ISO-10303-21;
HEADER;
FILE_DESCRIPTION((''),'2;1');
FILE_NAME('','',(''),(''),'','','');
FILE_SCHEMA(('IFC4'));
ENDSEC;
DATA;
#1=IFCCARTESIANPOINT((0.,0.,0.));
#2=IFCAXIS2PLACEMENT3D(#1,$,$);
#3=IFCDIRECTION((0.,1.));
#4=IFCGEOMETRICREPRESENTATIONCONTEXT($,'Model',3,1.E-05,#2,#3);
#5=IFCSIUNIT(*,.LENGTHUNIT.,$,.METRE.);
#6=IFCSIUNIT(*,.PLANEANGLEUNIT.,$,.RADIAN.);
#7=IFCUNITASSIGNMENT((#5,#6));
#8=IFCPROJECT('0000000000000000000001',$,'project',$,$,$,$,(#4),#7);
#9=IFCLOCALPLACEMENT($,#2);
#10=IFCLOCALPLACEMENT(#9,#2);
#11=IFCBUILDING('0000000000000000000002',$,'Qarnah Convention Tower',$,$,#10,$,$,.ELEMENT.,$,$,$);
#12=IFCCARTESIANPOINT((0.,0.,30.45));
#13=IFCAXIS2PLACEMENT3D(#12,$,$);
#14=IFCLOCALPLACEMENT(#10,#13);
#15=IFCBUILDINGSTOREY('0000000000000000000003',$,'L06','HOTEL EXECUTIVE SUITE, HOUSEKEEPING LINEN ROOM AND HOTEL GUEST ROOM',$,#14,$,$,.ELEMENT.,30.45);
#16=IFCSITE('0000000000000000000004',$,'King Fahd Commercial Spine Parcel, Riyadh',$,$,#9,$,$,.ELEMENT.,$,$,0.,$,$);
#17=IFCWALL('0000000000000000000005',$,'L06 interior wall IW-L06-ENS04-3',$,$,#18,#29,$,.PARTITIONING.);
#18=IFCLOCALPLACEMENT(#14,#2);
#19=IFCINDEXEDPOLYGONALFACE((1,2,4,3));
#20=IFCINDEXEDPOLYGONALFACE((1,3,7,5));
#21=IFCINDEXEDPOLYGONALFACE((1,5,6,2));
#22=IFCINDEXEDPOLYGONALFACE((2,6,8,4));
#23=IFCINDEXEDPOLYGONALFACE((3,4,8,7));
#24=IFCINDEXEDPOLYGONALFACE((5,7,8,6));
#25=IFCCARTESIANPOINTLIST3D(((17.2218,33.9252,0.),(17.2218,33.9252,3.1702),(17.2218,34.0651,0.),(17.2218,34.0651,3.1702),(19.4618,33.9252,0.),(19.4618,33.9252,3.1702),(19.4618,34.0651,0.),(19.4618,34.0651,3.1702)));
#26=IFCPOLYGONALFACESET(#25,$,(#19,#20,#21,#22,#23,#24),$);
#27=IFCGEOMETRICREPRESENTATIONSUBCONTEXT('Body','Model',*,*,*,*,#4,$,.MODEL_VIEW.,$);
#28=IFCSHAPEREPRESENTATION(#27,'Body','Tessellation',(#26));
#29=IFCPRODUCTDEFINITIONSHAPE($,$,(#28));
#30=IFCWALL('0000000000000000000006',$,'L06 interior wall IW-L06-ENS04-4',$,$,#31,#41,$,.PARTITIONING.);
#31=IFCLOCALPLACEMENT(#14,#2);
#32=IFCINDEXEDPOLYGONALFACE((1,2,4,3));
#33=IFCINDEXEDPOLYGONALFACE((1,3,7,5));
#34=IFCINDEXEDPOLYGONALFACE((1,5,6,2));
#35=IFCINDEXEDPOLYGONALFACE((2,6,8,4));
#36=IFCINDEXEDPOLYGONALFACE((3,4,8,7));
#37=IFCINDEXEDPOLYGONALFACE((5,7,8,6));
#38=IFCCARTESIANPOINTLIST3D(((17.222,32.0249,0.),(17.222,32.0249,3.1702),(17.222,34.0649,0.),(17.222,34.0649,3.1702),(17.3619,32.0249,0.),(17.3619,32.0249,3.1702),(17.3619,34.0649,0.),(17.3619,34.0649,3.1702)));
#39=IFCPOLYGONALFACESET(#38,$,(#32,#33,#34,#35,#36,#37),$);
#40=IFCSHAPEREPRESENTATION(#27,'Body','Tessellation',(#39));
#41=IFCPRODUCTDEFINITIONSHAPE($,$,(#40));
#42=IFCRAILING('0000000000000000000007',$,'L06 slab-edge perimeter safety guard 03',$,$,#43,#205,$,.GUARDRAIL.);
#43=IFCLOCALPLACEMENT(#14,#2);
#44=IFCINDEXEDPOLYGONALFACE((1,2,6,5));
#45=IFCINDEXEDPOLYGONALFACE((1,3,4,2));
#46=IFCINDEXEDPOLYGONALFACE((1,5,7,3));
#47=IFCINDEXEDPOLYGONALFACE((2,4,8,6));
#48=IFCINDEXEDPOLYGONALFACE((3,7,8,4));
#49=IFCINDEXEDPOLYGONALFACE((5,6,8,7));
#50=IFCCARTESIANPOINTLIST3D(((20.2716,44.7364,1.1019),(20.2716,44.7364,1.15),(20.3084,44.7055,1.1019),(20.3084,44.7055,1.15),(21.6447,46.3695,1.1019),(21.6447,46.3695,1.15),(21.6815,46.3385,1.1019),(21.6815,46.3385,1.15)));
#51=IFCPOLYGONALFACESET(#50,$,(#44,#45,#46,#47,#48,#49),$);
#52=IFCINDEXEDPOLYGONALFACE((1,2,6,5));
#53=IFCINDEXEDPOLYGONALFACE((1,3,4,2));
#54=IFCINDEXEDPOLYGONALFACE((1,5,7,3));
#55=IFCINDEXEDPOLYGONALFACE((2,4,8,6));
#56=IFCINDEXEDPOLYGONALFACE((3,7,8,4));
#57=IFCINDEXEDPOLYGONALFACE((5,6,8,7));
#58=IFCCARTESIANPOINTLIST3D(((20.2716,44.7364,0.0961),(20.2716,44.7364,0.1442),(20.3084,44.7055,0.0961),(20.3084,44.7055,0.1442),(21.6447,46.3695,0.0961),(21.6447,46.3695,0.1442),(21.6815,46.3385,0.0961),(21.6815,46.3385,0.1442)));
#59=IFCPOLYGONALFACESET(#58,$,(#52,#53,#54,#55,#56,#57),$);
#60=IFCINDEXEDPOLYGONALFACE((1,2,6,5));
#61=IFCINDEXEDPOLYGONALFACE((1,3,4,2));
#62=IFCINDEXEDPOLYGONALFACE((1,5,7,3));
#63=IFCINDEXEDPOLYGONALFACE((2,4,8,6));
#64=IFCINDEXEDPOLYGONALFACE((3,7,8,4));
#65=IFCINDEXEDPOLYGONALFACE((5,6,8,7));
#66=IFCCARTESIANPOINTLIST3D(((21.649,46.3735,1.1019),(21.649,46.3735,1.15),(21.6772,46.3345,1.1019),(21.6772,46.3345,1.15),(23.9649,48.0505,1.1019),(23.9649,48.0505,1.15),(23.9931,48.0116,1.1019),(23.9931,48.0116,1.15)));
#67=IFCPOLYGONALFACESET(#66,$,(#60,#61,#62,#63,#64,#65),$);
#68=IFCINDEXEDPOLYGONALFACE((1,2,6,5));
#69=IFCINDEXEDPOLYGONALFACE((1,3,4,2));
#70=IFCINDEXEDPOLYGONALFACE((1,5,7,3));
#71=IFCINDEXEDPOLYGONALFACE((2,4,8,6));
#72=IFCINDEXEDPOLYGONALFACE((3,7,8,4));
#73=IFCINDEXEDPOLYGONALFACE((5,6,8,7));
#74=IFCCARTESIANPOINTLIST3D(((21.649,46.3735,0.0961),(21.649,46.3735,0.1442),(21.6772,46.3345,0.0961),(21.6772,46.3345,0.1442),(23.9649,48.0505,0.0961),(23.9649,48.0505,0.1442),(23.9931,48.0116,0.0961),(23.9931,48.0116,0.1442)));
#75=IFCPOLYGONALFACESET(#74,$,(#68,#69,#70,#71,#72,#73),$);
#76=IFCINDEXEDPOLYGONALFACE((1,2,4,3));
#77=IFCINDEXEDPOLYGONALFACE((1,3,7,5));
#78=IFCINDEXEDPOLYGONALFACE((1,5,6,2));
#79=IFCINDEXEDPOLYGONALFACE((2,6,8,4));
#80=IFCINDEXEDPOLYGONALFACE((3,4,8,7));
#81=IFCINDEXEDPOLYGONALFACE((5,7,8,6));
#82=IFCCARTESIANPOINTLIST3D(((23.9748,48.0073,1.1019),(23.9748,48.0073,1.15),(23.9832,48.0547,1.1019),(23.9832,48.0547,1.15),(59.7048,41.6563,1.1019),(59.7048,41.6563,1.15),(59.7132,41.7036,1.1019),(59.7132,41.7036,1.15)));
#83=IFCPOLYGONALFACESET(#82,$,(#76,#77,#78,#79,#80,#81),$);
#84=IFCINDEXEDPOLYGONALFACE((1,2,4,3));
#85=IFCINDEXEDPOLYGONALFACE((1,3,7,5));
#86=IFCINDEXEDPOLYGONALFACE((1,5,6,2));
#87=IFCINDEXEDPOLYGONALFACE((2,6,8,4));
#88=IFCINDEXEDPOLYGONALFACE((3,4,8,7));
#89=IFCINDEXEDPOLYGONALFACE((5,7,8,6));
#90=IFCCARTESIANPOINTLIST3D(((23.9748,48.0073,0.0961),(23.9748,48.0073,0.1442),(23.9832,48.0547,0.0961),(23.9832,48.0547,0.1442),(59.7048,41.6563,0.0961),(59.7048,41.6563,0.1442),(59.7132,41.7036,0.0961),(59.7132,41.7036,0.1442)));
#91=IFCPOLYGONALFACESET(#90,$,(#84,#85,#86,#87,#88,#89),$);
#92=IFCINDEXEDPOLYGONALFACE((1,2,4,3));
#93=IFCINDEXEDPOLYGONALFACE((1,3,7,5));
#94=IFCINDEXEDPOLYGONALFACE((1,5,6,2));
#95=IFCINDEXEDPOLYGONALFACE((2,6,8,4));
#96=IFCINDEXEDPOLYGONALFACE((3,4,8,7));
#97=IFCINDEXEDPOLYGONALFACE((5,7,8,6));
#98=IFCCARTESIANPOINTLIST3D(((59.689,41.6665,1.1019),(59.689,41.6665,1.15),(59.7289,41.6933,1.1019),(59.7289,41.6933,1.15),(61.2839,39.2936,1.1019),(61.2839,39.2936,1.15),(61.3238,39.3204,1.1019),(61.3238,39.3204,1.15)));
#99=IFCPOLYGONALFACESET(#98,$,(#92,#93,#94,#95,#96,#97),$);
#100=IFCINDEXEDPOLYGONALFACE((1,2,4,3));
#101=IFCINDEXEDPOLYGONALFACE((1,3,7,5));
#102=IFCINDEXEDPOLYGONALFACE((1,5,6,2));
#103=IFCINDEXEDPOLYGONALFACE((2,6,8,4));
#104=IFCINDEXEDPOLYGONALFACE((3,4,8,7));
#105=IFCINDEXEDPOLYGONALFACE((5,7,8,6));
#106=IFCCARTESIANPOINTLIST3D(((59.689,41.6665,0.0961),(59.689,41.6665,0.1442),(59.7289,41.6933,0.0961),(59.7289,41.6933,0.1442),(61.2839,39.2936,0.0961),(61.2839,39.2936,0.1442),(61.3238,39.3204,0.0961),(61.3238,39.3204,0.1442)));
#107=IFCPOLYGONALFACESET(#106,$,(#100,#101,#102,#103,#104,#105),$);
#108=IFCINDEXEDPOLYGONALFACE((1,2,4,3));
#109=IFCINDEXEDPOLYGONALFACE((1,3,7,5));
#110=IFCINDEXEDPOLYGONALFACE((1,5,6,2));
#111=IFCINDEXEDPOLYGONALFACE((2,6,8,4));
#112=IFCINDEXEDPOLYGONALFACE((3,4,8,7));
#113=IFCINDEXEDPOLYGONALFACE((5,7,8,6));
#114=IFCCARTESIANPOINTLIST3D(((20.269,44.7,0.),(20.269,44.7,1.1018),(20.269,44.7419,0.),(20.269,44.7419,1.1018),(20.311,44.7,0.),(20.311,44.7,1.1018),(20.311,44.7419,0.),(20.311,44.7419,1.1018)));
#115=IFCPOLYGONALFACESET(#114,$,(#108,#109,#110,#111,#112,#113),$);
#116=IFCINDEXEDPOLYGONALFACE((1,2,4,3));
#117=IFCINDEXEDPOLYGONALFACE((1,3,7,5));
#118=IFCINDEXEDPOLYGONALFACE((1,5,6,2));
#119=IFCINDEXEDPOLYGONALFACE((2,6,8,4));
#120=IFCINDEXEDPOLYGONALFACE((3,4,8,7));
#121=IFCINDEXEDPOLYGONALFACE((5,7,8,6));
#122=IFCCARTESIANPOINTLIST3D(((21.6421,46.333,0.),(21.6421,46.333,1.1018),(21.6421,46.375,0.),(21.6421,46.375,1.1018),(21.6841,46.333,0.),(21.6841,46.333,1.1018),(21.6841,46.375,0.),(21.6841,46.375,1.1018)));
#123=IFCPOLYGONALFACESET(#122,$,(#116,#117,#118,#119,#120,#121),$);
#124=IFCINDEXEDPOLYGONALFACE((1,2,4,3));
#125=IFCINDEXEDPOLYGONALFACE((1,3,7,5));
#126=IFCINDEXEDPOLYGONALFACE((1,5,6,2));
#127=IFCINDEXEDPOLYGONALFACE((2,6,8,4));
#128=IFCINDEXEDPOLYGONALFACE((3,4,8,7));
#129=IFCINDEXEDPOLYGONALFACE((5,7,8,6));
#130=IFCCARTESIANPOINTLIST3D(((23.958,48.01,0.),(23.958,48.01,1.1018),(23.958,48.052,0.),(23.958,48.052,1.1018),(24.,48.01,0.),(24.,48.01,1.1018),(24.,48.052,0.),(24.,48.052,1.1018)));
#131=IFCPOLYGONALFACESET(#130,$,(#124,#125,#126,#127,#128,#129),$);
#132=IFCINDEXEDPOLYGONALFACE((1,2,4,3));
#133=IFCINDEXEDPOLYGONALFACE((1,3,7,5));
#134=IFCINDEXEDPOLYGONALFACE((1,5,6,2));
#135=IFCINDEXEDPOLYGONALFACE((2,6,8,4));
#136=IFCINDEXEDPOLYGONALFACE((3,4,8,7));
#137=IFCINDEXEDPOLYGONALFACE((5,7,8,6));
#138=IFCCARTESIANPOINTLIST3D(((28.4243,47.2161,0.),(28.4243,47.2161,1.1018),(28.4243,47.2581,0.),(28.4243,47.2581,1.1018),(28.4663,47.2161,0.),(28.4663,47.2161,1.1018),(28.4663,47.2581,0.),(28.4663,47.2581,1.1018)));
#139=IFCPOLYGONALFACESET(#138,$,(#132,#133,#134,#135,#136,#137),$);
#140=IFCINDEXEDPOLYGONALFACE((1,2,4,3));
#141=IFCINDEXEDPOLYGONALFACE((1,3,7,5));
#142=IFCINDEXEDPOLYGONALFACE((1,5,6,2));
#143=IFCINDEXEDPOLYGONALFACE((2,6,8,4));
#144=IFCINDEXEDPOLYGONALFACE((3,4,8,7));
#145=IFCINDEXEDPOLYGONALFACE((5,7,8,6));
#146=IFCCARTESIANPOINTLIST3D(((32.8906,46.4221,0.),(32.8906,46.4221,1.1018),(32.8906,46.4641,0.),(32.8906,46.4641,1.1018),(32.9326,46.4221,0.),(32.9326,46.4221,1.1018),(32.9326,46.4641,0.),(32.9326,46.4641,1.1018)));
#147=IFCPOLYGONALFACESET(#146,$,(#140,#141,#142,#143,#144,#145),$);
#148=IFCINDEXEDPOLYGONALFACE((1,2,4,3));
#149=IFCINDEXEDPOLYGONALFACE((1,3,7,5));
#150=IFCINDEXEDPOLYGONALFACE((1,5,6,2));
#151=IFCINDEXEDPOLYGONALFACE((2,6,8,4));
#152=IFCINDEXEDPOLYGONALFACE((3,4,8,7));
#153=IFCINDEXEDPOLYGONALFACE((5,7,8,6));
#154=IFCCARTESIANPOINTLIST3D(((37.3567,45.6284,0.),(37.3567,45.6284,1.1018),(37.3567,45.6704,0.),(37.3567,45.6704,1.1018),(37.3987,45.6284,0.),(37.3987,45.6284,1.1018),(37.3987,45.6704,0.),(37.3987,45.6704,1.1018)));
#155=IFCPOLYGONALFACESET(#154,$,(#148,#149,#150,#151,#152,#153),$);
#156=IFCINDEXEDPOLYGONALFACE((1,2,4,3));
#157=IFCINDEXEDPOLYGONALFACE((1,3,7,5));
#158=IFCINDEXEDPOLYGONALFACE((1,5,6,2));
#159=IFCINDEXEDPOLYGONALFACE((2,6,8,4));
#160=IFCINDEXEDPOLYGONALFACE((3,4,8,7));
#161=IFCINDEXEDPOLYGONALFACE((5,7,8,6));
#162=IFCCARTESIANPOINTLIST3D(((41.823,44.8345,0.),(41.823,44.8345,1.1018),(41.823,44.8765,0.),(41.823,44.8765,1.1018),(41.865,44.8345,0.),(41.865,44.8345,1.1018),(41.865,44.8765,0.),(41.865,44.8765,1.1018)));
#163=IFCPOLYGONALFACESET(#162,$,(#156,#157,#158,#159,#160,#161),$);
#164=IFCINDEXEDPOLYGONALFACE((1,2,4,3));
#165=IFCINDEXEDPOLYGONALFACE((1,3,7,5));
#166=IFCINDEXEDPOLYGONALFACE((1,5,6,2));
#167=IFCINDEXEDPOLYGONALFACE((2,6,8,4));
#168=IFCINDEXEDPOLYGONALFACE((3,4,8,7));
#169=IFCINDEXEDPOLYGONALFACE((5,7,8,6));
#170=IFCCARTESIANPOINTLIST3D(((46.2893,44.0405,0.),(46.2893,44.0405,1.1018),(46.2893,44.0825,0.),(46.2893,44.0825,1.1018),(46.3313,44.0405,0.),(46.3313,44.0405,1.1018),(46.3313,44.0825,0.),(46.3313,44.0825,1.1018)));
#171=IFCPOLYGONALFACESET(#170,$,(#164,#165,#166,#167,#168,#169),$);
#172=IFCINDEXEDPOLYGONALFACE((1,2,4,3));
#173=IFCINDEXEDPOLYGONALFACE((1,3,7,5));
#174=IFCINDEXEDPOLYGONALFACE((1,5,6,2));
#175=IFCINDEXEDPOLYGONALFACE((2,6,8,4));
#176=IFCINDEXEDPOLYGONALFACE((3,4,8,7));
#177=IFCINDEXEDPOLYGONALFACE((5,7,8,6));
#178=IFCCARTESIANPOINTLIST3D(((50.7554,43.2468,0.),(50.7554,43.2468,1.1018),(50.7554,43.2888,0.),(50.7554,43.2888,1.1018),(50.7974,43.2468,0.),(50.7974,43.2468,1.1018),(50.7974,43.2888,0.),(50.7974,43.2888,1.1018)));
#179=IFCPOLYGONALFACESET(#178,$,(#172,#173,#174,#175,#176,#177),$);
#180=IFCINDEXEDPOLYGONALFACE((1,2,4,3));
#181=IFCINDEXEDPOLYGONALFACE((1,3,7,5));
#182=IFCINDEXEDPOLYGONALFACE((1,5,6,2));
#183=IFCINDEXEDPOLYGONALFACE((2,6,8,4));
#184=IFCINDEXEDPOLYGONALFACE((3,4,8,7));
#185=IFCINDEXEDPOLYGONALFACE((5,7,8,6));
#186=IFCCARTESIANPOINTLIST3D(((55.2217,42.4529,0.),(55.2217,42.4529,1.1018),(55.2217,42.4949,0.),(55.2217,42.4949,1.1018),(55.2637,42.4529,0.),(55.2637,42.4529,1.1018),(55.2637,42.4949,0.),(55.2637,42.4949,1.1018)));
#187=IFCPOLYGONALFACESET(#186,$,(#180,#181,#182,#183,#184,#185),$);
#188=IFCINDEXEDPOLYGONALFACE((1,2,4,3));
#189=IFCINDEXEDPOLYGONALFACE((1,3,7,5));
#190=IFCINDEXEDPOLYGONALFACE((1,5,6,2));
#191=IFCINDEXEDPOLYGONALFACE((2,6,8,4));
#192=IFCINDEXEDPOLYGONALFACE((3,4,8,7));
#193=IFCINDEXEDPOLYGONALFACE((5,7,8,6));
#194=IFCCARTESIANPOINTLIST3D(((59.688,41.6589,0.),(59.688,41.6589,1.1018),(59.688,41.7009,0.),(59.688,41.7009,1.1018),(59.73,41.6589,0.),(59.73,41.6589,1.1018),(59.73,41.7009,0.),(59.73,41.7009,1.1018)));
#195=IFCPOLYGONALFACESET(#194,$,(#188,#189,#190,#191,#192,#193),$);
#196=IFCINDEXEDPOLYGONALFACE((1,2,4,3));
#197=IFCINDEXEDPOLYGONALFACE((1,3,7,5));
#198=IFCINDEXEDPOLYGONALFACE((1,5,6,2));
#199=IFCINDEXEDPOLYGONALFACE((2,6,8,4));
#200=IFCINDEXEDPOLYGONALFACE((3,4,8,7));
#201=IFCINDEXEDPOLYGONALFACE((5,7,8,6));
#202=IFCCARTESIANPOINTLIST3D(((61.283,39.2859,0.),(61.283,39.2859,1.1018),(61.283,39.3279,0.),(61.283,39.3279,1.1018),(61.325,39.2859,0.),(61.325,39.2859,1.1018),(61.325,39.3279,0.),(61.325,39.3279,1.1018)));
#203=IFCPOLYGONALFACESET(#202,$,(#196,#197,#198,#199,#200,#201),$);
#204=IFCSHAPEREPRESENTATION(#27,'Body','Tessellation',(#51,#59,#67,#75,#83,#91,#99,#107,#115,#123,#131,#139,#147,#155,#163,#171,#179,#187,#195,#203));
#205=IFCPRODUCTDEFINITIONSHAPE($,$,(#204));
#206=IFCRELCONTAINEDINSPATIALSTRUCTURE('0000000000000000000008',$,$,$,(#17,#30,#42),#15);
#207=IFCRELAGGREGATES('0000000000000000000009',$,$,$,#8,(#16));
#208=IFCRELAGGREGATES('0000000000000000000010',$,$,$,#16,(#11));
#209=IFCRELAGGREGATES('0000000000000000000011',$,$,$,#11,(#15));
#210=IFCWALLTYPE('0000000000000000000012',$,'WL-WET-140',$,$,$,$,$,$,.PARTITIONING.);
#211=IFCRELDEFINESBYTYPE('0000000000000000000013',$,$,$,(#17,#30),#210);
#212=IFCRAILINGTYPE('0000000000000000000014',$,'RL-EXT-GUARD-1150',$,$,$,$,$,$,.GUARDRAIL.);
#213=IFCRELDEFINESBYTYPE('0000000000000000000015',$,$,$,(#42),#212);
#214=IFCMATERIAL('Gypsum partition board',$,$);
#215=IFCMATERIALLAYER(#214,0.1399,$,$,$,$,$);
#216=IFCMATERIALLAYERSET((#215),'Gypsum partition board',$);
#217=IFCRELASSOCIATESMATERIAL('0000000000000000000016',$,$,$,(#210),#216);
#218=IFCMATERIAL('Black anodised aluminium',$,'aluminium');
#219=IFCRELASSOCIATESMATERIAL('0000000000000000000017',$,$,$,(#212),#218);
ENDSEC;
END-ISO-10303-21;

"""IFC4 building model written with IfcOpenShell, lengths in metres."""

from ifc_helpers import new_model, si_unit, direction, frame, frame_2d, origin, origin_2d, place, context, subcontext, project, spatial, rectangle, extrude, material, layer, layer_set, type_object, element, save


model = new_model("IFC4")

# Units and contexts
model_context = context("Model", 3, precision=1e-05, world=origin(), true_north=direction((0.0, 1.0)))
body_context = subcontext(model_context, "Body", "Model", "MODEL_VIEW")
ifc_project = project(units=[si_unit("LENGTHUNIT", "METRE"), si_unit("PLANEANGLEUNIT", "RADIAN")], contexts=[model_context])

# Site, building, storey
site_placement = place(None, origin())
site = spatial("IfcSite", under=ifc_project, at=site_placement, Name="King Fahd Commercial Spine Parcel, Riyadh", CompositionType="ELEMENT", RefElevation=0.0)
building_placement = place(site_placement, origin())
building = spatial("IfcBuilding", under=site, at=building_placement, Name="Qarnah Convention Tower", CompositionType="ELEMENT")
storey_placement = place(building_placement, frame((0.0, 0.0, 30.45)))
storey = spatial("IfcBuildingStorey", under=building, at=storey_placement, Name="L06", Description="HOTEL EXECUTIVE SUITE, HOUSEKEEPING LINEN ROOM AND HOTEL GUEST ROOM", CompositionType="ELEMENT", Elevation=30.45)

# Shared definitions
ifc_material_1 = material(Name="Black anodised aluminium", Category="aluminium")

# Shared definitions
ifc_material_2 = material(Name="Gypsum partition board")

# Shared definitions
ifc_layer_1 = layer(ifc_material_2, 0.1399)
ifc_layer_set_1 = layer_set([ifc_layer_1], Name="Gypsum partition board")
wall_type_1 = type_object("IfcWallType", Name="WL-WET-140", PredefinedType="PARTITIONING", material=ifc_layer_set_1)

# Walls
wall_1_placement = place(storey_placement, frame((19.4619, 33.9951, 0.0), z_axis=(0.0, 0.0, 1.0), x_axis=(-1.0, 0.0, 0.0)))
element("IfcWall", 1, at=wall_1_placement, inside=storey, type_object=wall_type_1, Name="L06 interior wall IW-L06-ENS04-3", PredefinedType="PARTITIONING", context=body_context, shape_type="SweptSolid", body=[
    extrude(rectangle(XDim=2.24, YDim=0.1399, at=frame_2d((1.1201, 0.0))), origin(), (0.0, 0.0, 1.0), 3.1702),
])
wall_2_placement = place(storey_placement, frame((17.292, 34.0649, 0.0), z_axis=(0.0, 0.0, 1.0), x_axis=(0.0, -1.0, 0.0)))
element("IfcWall", 2, at=wall_2_placement, inside=storey, type_object=wall_type_1, Name="L06 interior wall IW-L06-ENS04-4", PredefinedType="PARTITIONING", context=body_context, shape_type="SweptSolid", body=[
    extrude(rectangle(XDim=2.04, YDim=0.1399, at=frame_2d((1.02, 0.0))), origin(), (0.0, 0.0, 1.0), 3.1702),
])

# Railing
railing_type = type_object("IfcRailingType", Name="RL-EXT-GUARD-1150", PredefinedType="GUARDRAIL", material=ifc_material_1)
railing_1_placement = place(storey_placement, frame((20.29, 44.7209, 0.0)))
element("IfcRailing", 3, at=railing_1_placement, inside=storey, type_object=railing_type, Name="L06 slab-edge perimeter safety guard 03", PredefinedType="GUARDRAIL", context=body_context, shape_type="SweptSolid", body=[
    extrude(rectangle(XDim=0.0481, YDim=0.0481, at=origin_2d()), frame((0.0, 0.0, 1.126), z_axis=(0.643544, 0.765409, 0.0), x_axis=(-0.765409, 0.643544, 0.0)), (0.0, 0.0, 1.0), 2.1335),
    extrude(rectangle(XDim=0.0481, YDim=0.0481, at=origin_2d()), frame((0.0, 0.0, 0.1201), z_axis=(0.643544, 0.765409, 0.0), x_axis=(-0.765409, 0.643544, 0.0)), (0.0, 0.0, 1.0), 2.1335),
    extrude(rectangle(XDim=0.0481, YDim=0.0481, at=origin_2d()), frame((1.373, 1.6331, 1.126), z_axis=(0.809949, 0.5865, 0.0), x_axis=(-0.5865, 0.809949, 0.0)), (0.0, 0.0, 1.0), 2.8594),
    extrude(rectangle(XDim=0.0481, YDim=0.0481, at=origin_2d()), frame((1.373, 1.6331, 0.1201), z_axis=(0.809949, 0.5865, 0.0), x_axis=(-0.5865, 0.809949, 0.0)), (0.0, 0.0, 1.0), 2.8594),
    extrude(rectangle(XDim=0.0481, YDim=0.0481, at=origin_2d()), frame((3.689, 3.3101, 1.126), z_axis=(0.984567, -0.175009, 0.0), x_axis=(0.175009, 0.984567, 0.0)), (0.0, 0.0, 1.0), 36.29),
    extrude(rectangle(XDim=0.0481, YDim=0.0481, at=origin_2d()), frame((3.689, 3.3101, 0.1201), z_axis=(0.984567, -0.175009, 0.0), x_axis=(0.175009, 0.984567, 0.0)), (0.0, 0.0, 1.0), 36.29),
    extrude(rectangle(XDim=0.0481, YDim=0.0481, at=origin_2d()), frame((39.4189, -3.041, 1.126), z_axis=(0.557829, -0.829956, 0.0), x_axis=(0.829956, 0.557829, 0.0)), (0.0, 0.0, 1.0), 2.8591),
    extrude(rectangle(XDim=0.0481, YDim=0.0481, at=origin_2d()), frame((39.4189, -3.041, 0.1201), z_axis=(0.557829, -0.829956, 0.0), x_axis=(0.829956, 0.557829, 0.0)), (0.0, 0.0, 1.0), 2.8591),
    extrude(rectangle(XDim=0.042, YDim=0.042, at=origin_2d()), origin(), (0.0, 0.0, 1.0), 1.1018),
    extrude(rectangle(XDim=0.042, YDim=0.042, at=origin_2d()), frame((1.373, 1.6331, 0.0)), (0.0, 0.0, 1.0), 1.1018),
    extrude(rectangle(XDim=0.042, YDim=0.042, at=origin_2d()), frame((3.689, 3.3101, 0.0)), (0.0, 0.0, 1.0), 1.1018),
    extrude(rectangle(XDim=0.042, YDim=0.042, at=origin_2d()), frame((8.1553, 2.5161, 0.0)), (0.0, 0.0, 1.0), 1.1018),
    extrude(rectangle(XDim=0.042, YDim=0.042, at=origin_2d()), frame((12.6216, 1.7222, 0.0)), (0.0, 0.0, 1.0), 1.1018),
    extrude(rectangle(XDim=0.042, YDim=0.042, at=origin_2d()), frame((17.0876, 0.9285, 0.0)), (0.0, 0.0, 1.0), 1.1018),
    extrude(rectangle(XDim=0.042, YDim=0.042, at=origin_2d()), frame((21.554, 0.1345, 0.0)), (0.0, 0.0, 1.0), 1.1018),
    extrude(rectangle(XDim=0.042, YDim=0.042, at=origin_2d()), frame((26.0203, -0.6594, 0.0)), (0.0, 0.0, 1.0), 1.1018),
    extrude(rectangle(XDim=0.042, YDim=0.042, at=origin_2d()), frame((30.4863, -1.4531, 0.0)), (0.0, 0.0, 1.0), 1.1018),
    extrude(rectangle(XDim=0.042, YDim=0.042, at=origin_2d()), frame((34.9526, -2.2471, 0.0)), (0.0, 0.0, 1.0), 1.1018),
    extrude(rectangle(XDim=0.042, YDim=0.042, at=origin_2d()), frame((39.4189, -3.041, 0.0)), (0.0, 0.0, 1.0), 1.1018),
    extrude(rectangle(XDim=0.042, YDim=0.042, at=origin_2d()), frame((41.0139, -5.4141, 0.0)), (0.0, 0.0, 1.0), 1.1018),
])

save(model, "model.ifc")
